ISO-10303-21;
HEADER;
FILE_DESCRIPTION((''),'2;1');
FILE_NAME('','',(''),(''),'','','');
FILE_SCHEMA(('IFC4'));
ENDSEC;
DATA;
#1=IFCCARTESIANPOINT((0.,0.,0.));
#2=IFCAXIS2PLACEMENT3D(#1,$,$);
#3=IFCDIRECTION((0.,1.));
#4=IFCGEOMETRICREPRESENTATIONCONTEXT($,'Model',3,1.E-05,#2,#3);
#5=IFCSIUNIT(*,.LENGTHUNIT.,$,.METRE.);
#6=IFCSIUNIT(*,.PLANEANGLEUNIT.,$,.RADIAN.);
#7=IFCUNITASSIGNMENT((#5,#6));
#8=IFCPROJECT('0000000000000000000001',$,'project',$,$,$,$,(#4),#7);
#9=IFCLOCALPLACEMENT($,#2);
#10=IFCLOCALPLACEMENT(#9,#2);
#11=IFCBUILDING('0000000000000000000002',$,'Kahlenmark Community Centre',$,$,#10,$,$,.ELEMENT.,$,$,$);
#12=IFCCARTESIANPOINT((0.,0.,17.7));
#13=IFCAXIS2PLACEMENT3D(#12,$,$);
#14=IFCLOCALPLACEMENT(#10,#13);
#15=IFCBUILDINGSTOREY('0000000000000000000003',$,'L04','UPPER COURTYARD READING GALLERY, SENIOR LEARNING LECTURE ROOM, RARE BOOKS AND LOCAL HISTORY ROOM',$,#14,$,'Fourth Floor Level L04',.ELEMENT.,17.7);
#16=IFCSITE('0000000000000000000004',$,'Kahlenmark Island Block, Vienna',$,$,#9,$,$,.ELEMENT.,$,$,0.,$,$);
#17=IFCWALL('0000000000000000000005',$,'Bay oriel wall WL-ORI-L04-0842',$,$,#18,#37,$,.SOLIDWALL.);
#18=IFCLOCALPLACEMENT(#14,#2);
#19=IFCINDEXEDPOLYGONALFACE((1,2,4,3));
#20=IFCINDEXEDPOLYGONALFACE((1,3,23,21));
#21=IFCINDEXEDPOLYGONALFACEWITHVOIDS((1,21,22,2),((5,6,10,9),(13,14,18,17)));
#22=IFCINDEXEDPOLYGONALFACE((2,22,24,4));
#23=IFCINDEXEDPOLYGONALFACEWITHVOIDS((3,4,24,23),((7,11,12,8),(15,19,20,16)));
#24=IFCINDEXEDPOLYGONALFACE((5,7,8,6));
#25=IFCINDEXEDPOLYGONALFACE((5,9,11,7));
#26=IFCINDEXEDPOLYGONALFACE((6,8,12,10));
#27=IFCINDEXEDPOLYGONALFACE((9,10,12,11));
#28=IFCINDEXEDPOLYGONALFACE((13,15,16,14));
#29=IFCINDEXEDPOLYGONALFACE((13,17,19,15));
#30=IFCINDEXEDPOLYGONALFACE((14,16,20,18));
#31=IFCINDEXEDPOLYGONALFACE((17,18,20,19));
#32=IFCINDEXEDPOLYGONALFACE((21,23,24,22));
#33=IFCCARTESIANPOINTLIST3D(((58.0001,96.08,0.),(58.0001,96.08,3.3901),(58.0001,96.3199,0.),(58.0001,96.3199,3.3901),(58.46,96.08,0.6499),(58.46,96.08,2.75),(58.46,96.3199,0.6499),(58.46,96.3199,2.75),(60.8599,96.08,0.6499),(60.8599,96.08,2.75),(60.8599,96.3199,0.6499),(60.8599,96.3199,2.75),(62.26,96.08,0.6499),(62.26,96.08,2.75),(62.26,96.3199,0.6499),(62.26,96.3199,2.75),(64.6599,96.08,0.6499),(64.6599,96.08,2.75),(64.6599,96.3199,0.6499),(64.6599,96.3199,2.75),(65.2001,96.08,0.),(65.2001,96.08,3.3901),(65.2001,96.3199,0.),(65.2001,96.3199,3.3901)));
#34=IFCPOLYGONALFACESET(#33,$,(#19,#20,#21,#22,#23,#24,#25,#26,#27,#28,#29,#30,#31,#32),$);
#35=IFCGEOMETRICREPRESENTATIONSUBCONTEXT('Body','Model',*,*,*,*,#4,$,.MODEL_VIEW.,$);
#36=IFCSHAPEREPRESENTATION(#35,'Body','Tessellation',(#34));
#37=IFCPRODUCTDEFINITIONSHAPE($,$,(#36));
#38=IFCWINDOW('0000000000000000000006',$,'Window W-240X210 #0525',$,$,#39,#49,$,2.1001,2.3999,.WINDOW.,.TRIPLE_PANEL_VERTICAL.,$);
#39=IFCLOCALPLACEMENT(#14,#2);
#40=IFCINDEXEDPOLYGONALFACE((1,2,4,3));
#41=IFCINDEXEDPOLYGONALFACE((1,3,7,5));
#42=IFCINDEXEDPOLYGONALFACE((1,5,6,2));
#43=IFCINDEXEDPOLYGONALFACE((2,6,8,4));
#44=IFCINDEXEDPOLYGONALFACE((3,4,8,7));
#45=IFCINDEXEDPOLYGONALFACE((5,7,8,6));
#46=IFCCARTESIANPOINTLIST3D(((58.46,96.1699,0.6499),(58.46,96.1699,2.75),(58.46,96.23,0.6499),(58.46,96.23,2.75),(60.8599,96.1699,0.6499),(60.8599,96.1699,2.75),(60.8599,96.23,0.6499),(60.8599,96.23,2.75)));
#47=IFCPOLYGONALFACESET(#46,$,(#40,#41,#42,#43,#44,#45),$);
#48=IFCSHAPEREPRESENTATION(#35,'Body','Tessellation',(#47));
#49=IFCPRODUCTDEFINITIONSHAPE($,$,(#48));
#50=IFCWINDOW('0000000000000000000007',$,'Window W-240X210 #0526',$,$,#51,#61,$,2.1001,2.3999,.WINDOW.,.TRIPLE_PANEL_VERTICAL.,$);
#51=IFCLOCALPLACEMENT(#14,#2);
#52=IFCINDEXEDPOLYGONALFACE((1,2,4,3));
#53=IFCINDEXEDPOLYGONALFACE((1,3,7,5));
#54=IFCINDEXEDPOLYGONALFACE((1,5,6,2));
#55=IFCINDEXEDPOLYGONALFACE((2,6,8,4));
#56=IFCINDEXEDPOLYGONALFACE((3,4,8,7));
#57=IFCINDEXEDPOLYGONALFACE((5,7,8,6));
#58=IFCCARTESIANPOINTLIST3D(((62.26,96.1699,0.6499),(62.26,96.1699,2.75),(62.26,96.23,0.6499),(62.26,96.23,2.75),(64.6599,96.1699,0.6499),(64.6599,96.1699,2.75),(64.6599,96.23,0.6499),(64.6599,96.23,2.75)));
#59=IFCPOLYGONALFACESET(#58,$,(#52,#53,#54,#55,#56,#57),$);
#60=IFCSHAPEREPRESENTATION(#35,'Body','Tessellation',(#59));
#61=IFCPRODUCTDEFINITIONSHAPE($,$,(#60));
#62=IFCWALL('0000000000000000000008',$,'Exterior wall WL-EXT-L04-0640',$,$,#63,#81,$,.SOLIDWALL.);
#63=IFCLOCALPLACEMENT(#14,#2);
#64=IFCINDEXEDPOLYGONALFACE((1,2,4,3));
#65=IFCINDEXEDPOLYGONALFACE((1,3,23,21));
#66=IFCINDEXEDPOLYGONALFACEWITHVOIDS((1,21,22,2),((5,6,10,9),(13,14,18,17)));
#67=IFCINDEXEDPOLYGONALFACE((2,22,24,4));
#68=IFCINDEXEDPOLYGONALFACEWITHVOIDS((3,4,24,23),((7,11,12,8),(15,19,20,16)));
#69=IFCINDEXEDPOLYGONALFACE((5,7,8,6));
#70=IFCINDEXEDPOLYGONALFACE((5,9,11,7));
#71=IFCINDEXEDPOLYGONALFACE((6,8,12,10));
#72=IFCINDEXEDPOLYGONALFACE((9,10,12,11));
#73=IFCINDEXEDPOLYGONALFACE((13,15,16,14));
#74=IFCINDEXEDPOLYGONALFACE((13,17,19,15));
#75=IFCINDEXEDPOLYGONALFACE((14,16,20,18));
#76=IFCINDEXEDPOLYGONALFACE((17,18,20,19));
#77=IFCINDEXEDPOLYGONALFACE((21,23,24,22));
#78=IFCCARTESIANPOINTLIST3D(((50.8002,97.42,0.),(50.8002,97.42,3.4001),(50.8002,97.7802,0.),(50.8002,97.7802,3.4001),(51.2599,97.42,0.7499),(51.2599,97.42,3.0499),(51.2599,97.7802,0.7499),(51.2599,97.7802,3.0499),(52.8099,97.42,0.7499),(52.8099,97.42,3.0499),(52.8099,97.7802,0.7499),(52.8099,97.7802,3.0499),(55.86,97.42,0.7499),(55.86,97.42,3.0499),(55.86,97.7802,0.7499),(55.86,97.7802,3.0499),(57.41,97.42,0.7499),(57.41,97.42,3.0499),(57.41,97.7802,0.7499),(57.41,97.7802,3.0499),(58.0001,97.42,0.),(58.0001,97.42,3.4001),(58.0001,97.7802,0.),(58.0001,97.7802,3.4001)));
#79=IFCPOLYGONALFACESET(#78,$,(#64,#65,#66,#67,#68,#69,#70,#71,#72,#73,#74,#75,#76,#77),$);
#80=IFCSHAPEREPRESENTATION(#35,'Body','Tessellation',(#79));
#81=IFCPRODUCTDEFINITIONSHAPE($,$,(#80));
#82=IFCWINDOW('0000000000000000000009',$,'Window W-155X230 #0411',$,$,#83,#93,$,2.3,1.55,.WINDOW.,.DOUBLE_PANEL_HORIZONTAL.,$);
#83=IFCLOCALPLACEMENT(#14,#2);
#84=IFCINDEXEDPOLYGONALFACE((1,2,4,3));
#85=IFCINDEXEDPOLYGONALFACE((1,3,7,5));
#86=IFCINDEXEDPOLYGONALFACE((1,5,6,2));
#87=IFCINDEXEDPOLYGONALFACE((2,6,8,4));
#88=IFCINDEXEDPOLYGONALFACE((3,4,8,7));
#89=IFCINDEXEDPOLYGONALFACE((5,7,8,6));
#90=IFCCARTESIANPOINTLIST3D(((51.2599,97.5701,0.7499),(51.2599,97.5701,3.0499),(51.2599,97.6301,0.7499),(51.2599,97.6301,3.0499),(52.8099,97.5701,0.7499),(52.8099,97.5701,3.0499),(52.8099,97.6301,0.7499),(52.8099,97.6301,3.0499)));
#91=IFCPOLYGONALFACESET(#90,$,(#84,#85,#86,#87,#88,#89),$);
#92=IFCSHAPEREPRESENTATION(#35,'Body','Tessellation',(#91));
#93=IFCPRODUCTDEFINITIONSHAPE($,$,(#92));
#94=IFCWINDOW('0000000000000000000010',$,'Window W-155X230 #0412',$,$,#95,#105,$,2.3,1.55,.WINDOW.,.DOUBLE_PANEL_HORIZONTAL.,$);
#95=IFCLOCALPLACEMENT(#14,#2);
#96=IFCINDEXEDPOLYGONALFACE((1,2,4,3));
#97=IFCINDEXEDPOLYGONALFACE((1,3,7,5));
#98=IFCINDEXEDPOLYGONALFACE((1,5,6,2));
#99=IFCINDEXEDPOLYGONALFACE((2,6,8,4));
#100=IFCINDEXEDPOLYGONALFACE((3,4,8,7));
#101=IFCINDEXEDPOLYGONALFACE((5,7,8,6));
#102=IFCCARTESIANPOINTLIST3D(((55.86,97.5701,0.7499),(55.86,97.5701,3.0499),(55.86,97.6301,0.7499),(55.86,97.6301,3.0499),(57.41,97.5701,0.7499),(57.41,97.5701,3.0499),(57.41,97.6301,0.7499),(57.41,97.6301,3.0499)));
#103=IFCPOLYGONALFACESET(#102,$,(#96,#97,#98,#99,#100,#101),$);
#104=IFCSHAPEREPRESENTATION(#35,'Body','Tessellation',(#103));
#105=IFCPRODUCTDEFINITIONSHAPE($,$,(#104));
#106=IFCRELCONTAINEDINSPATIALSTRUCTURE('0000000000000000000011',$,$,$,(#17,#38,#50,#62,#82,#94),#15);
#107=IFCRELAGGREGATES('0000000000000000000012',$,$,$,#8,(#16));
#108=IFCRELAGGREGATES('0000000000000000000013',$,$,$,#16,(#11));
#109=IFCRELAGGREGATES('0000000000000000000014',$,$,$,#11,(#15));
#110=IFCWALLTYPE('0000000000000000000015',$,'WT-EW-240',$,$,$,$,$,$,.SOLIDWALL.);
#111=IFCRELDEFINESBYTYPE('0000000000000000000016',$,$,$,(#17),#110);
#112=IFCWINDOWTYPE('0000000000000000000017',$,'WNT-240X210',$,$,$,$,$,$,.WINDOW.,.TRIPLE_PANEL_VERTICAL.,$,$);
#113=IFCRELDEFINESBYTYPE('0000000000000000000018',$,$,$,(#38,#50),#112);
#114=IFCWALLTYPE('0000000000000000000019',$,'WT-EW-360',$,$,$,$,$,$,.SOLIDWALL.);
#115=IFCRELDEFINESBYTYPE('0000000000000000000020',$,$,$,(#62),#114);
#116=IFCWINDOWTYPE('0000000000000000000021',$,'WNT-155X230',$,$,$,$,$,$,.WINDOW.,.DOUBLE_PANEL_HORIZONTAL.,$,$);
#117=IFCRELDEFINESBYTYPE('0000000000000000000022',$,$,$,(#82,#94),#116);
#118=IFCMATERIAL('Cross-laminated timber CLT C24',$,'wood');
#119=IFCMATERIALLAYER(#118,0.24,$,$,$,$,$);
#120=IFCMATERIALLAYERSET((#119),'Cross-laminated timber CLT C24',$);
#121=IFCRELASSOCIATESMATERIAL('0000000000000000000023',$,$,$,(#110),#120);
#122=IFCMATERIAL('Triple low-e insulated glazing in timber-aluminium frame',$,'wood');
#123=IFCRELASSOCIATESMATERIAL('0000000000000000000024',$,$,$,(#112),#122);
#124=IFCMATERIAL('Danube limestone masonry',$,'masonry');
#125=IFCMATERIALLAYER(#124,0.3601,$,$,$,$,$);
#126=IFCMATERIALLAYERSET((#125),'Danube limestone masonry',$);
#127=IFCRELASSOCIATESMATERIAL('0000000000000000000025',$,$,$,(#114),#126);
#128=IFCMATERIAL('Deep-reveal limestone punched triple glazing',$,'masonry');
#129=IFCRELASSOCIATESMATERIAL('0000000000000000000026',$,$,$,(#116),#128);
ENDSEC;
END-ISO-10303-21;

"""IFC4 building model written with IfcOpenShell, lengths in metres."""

from ifc_helpers import new_model, si_unit, direction, frame, frame_2d, origin, place, context, subcontext, project, spatial, rectangle, extrude, material, layer, layer_set, type_object, element, fill, save


model = new_model("IFC4")

# Units and contexts
model_context = context("Model", 3, precision=1e-05, world=origin(), true_north=direction((0.0, 1.0)))
body_context = subcontext(model_context, "Body", "Model", "MODEL_VIEW")
ifc_project = project(units=[si_unit("LENGTHUNIT", "METRE"), si_unit("PLANEANGLEUNIT", "RADIAN")], contexts=[model_context])

# Site, building, storey
site_placement = place(None, origin())
site = spatial("IfcSite", under=ifc_project, at=site_placement, Name="Kahlenmark Island Block, Vienna", CompositionType="ELEMENT", RefElevation=0.0)
building_placement = place(site_placement, origin())
building = spatial("IfcBuilding", under=site, at=building_placement, Name="Kahlenmark Community Centre", CompositionType="ELEMENT")
storey_placement = place(building_placement, frame((0.0, 0.0, 17.7)))
storey = spatial("IfcBuildingStorey", under=building, at=storey_placement, Name="L04", Description="UPPER COURTYARD READING GALLERY, SENIOR LEARNING LECTURE ROOM, RARE BOOKS AND LOCAL HISTORY ROOM", LongName="Fourth Floor Level L04", CompositionType="ELEMENT", Elevation=17.7)

# Shared definitions
ifc_material_1 = material(Name="Cross-laminated timber CLT C24", Category="wood")
ifc_layer_1 = layer(ifc_material_1, 0.24)
ifc_layer_set_1 = layer_set([ifc_layer_1], Name="Cross-laminated timber CLT C24")
wall_type_1 = type_object("IfcWallType", Name="WT-EW-240", PredefinedType="SOLIDWALL", material=ifc_layer_set_1)

# Walls, openings, windows
wall_1_placement = place(storey_placement, frame((58.0, 96.2, 0.0), z_axis=(0.0, 0.0, 1.0), x_axis=(1.0, 0.0, 0.0)))
wall_1 = element("IfcWall", 1, at=wall_1_placement, inside=storey, type_object=wall_type_1, Name="Bay oriel wall WL-ORI-L04-0842", PredefinedType="SOLIDWALL", context=body_context, shape_type="SweptSolid", body=[
    extrude(rectangle(XDim=7.2, YDim=0.24, at=frame_2d((3.6001, 0.0))), origin(), (0.0, 0.0, 1.0), 3.3901),
])
opening_1_placement = place(wall_1_placement, frame((0.46, 0.0, 0.6499)))
opening_1 = element("IfcOpeningElement", 2, at=opening_1_placement, cuts=wall_1, PredefinedType="OPENING", context=body_context, shape_type="SweptSolid", body=[
    extrude(rectangle(XDim=2.3999, YDim=2.1001, at=frame_2d((1.2, 1.05))), frame((0.0, 0.1299, 0.0), z_axis=(0.0, -1.0, 0.0), x_axis=(1.0, 0.0, 0.0)), (0.0, 0.0, 1.0), 0.26),
])
opening_2_placement = place(wall_1_placement, frame((4.26, 0.0, 0.6499)))
opening_2 = element("IfcOpeningElement", 3, at=opening_2_placement, cuts=wall_1, PredefinedType="OPENING", context=body_context, shape_type="SweptSolid", body=[
    extrude(rectangle(XDim=2.3999, YDim=2.1001, at=frame_2d((1.2, 1.05))), frame((0.0, 0.1299, 0.0), z_axis=(0.0, -1.0, 0.0), x_axis=(1.0, 0.0, 0.0)), (0.0, 0.0, 1.0), 0.26),
])
ifc_material_2 = material(Name="Triple low-e insulated glazing in timber-aluminium frame", Category="wood")
window_type_1 = type_object("IfcWindowType", Name="WNT-240X210", PartitioningType="TRIPLE_PANEL_VERTICAL", PredefinedType="WINDOW", material=ifc_material_2)
window_1_placement = place(opening_1_placement, origin())
window_1 = element("IfcWindow", 4, at=window_1_placement, inside=storey, type_object=window_type_1, Name="Window W-240X210 #0525", OverallHeight=2.1001, OverallWidth=2.3999, PartitioningType="TRIPLE_PANEL_VERTICAL", PredefinedType="WINDOW", context=body_context, shape_type="SweptSolid", body=[
    extrude(rectangle(XDim=2.3999, YDim=2.1001, at=frame_2d((1.2, 1.05))), frame((0.0, 0.03, 0.0), z_axis=(0.0, -1.0, 0.0), x_axis=(1.0, 0.0, 0.0)), (0.0, 0.0, 1.0), 0.0601),
])
fill(opening_1, window_1)
window_2_placement = place(opening_2_placement, origin())
window_2 = element("IfcWindow", 5, at=window_2_placement, inside=storey, type_object=window_type_1, Name="Window W-240X210 #0526", OverallHeight=2.1001, OverallWidth=2.3999, PartitioningType="TRIPLE_PANEL_VERTICAL", PredefinedType="WINDOW", context=body_context, shape_type="SweptSolid", body=[
    extrude(rectangle(XDim=2.3999, YDim=2.1001, at=frame_2d((1.2, 1.05))), frame((0.0, 0.03, 0.0), z_axis=(0.0, -1.0, 0.0), x_axis=(1.0, 0.0, 0.0)), (0.0, 0.0, 1.0), 0.0601),
])
fill(opening_2, window_2)
ifc_material_3 = material(Name="Danube limestone masonry", Category="masonry")
ifc_layer_2 = layer(ifc_material_3, 0.3601)
ifc_layer_set_2 = layer_set([ifc_layer_2], Name="Danube limestone masonry")
wall_type_2 = type_object("IfcWallType", Name="WT-EW-360", PredefinedType="SOLIDWALL", material=ifc_layer_set_2)
wall_2_placement = place(storey_placement, frame((50.8, 97.6001, 0.0), z_axis=(0.0, 0.0, 1.0), x_axis=(1.0, 0.0, 0.0)))
wall_2 = element("IfcWall", 6, at=wall_2_placement, inside=storey, type_object=wall_type_2, Name="Exterior wall WL-EXT-L04-0640", PredefinedType="SOLIDWALL", context=body_context, shape_type="SweptSolid", body=[
    extrude(rectangle(XDim=7.2, YDim=0.3601, at=frame_2d((3.6001, 0.0))), origin(), (0.0, 0.0, 1.0), 3.4001),
])
opening_3_placement = place(wall_2_placement, frame((0.46, 0.0, 0.75)))
opening_3 = element("IfcOpeningElement", 7, at=opening_3_placement, cuts=wall_2, PredefinedType="OPENING", context=body_context, shape_type="SweptSolid", body=[
    extrude(rectangle(XDim=1.55, YDim=2.3, at=frame_2d((0.7749, 1.1499))), frame((0.0, 0.1899, 0.0), z_axis=(0.0, -1.0, 0.0), x_axis=(1.0, 0.0, 0.0)), (0.0, 0.0, 1.0), 0.3801),
])
opening_4_placement = place(wall_2_placement, frame((5.0601, 0.0, 0.75)))
opening_4 = element("IfcOpeningElement", 8, at=opening_4_placement, cuts=wall_2, PredefinedType="OPENING", context=body_context, shape_type="SweptSolid", body=[
    extrude(rectangle(XDim=1.55, YDim=2.3, at=frame_2d((0.7749, 1.1499))), frame((0.0, 0.1899, 0.0), z_axis=(0.0, -1.0, 0.0), x_axis=(1.0, 0.0, 0.0)), (0.0, 0.0, 1.0), 0.3801),
])
ifc_material_4 = material(Name="Deep-reveal limestone punched triple glazing", Category="masonry")
window_type_2 = type_object("IfcWindowType", Name="WNT-155X230", PartitioningType="DOUBLE_PANEL_HORIZONTAL", PredefinedType="WINDOW", material=ifc_material_4)
window_3_placement = place(opening_3_placement, origin())
window_3 = element("IfcWindow", 9, at=window_3_placement, inside=storey, type_object=window_type_2, Name="Window W-155X230 #0411", OverallHeight=2.3, OverallWidth=1.55, PartitioningType="DOUBLE_PANEL_HORIZONTAL", PredefinedType="WINDOW", context=body_context, shape_type="SweptSolid", body=[
    extrude(rectangle(XDim=1.55, YDim=2.3, at=frame_2d((0.7749, 1.1499))), frame((0.0, 0.03, 0.0), z_axis=(0.0, -1.0, 0.0), x_axis=(1.0, 0.0, 0.0)), (0.0, 0.0, 1.0), 0.0601),
])
fill(opening_3, window_3)
window_4_placement = place(opening_4_placement, origin())
window_4 = element("IfcWindow", 10, at=window_4_placement, inside=storey, type_object=window_type_2, Name="Window W-155X230 #0412", OverallHeight=2.3, OverallWidth=1.55, PartitioningType="DOUBLE_PANEL_HORIZONTAL", PredefinedType="WINDOW", context=body_context, shape_type="SweptSolid", body=[
    extrude(rectangle(XDim=1.55, YDim=2.3, at=frame_2d((0.7749, 1.1499))), frame((0.0, 0.03, 0.0), z_axis=(0.0, -1.0, 0.0), x_axis=(1.0, 0.0, 0.0)), (0.0, 0.0, 1.0), 0.0601),
])
fill(opening_4, window_4)

save(model, "model.ifc")
